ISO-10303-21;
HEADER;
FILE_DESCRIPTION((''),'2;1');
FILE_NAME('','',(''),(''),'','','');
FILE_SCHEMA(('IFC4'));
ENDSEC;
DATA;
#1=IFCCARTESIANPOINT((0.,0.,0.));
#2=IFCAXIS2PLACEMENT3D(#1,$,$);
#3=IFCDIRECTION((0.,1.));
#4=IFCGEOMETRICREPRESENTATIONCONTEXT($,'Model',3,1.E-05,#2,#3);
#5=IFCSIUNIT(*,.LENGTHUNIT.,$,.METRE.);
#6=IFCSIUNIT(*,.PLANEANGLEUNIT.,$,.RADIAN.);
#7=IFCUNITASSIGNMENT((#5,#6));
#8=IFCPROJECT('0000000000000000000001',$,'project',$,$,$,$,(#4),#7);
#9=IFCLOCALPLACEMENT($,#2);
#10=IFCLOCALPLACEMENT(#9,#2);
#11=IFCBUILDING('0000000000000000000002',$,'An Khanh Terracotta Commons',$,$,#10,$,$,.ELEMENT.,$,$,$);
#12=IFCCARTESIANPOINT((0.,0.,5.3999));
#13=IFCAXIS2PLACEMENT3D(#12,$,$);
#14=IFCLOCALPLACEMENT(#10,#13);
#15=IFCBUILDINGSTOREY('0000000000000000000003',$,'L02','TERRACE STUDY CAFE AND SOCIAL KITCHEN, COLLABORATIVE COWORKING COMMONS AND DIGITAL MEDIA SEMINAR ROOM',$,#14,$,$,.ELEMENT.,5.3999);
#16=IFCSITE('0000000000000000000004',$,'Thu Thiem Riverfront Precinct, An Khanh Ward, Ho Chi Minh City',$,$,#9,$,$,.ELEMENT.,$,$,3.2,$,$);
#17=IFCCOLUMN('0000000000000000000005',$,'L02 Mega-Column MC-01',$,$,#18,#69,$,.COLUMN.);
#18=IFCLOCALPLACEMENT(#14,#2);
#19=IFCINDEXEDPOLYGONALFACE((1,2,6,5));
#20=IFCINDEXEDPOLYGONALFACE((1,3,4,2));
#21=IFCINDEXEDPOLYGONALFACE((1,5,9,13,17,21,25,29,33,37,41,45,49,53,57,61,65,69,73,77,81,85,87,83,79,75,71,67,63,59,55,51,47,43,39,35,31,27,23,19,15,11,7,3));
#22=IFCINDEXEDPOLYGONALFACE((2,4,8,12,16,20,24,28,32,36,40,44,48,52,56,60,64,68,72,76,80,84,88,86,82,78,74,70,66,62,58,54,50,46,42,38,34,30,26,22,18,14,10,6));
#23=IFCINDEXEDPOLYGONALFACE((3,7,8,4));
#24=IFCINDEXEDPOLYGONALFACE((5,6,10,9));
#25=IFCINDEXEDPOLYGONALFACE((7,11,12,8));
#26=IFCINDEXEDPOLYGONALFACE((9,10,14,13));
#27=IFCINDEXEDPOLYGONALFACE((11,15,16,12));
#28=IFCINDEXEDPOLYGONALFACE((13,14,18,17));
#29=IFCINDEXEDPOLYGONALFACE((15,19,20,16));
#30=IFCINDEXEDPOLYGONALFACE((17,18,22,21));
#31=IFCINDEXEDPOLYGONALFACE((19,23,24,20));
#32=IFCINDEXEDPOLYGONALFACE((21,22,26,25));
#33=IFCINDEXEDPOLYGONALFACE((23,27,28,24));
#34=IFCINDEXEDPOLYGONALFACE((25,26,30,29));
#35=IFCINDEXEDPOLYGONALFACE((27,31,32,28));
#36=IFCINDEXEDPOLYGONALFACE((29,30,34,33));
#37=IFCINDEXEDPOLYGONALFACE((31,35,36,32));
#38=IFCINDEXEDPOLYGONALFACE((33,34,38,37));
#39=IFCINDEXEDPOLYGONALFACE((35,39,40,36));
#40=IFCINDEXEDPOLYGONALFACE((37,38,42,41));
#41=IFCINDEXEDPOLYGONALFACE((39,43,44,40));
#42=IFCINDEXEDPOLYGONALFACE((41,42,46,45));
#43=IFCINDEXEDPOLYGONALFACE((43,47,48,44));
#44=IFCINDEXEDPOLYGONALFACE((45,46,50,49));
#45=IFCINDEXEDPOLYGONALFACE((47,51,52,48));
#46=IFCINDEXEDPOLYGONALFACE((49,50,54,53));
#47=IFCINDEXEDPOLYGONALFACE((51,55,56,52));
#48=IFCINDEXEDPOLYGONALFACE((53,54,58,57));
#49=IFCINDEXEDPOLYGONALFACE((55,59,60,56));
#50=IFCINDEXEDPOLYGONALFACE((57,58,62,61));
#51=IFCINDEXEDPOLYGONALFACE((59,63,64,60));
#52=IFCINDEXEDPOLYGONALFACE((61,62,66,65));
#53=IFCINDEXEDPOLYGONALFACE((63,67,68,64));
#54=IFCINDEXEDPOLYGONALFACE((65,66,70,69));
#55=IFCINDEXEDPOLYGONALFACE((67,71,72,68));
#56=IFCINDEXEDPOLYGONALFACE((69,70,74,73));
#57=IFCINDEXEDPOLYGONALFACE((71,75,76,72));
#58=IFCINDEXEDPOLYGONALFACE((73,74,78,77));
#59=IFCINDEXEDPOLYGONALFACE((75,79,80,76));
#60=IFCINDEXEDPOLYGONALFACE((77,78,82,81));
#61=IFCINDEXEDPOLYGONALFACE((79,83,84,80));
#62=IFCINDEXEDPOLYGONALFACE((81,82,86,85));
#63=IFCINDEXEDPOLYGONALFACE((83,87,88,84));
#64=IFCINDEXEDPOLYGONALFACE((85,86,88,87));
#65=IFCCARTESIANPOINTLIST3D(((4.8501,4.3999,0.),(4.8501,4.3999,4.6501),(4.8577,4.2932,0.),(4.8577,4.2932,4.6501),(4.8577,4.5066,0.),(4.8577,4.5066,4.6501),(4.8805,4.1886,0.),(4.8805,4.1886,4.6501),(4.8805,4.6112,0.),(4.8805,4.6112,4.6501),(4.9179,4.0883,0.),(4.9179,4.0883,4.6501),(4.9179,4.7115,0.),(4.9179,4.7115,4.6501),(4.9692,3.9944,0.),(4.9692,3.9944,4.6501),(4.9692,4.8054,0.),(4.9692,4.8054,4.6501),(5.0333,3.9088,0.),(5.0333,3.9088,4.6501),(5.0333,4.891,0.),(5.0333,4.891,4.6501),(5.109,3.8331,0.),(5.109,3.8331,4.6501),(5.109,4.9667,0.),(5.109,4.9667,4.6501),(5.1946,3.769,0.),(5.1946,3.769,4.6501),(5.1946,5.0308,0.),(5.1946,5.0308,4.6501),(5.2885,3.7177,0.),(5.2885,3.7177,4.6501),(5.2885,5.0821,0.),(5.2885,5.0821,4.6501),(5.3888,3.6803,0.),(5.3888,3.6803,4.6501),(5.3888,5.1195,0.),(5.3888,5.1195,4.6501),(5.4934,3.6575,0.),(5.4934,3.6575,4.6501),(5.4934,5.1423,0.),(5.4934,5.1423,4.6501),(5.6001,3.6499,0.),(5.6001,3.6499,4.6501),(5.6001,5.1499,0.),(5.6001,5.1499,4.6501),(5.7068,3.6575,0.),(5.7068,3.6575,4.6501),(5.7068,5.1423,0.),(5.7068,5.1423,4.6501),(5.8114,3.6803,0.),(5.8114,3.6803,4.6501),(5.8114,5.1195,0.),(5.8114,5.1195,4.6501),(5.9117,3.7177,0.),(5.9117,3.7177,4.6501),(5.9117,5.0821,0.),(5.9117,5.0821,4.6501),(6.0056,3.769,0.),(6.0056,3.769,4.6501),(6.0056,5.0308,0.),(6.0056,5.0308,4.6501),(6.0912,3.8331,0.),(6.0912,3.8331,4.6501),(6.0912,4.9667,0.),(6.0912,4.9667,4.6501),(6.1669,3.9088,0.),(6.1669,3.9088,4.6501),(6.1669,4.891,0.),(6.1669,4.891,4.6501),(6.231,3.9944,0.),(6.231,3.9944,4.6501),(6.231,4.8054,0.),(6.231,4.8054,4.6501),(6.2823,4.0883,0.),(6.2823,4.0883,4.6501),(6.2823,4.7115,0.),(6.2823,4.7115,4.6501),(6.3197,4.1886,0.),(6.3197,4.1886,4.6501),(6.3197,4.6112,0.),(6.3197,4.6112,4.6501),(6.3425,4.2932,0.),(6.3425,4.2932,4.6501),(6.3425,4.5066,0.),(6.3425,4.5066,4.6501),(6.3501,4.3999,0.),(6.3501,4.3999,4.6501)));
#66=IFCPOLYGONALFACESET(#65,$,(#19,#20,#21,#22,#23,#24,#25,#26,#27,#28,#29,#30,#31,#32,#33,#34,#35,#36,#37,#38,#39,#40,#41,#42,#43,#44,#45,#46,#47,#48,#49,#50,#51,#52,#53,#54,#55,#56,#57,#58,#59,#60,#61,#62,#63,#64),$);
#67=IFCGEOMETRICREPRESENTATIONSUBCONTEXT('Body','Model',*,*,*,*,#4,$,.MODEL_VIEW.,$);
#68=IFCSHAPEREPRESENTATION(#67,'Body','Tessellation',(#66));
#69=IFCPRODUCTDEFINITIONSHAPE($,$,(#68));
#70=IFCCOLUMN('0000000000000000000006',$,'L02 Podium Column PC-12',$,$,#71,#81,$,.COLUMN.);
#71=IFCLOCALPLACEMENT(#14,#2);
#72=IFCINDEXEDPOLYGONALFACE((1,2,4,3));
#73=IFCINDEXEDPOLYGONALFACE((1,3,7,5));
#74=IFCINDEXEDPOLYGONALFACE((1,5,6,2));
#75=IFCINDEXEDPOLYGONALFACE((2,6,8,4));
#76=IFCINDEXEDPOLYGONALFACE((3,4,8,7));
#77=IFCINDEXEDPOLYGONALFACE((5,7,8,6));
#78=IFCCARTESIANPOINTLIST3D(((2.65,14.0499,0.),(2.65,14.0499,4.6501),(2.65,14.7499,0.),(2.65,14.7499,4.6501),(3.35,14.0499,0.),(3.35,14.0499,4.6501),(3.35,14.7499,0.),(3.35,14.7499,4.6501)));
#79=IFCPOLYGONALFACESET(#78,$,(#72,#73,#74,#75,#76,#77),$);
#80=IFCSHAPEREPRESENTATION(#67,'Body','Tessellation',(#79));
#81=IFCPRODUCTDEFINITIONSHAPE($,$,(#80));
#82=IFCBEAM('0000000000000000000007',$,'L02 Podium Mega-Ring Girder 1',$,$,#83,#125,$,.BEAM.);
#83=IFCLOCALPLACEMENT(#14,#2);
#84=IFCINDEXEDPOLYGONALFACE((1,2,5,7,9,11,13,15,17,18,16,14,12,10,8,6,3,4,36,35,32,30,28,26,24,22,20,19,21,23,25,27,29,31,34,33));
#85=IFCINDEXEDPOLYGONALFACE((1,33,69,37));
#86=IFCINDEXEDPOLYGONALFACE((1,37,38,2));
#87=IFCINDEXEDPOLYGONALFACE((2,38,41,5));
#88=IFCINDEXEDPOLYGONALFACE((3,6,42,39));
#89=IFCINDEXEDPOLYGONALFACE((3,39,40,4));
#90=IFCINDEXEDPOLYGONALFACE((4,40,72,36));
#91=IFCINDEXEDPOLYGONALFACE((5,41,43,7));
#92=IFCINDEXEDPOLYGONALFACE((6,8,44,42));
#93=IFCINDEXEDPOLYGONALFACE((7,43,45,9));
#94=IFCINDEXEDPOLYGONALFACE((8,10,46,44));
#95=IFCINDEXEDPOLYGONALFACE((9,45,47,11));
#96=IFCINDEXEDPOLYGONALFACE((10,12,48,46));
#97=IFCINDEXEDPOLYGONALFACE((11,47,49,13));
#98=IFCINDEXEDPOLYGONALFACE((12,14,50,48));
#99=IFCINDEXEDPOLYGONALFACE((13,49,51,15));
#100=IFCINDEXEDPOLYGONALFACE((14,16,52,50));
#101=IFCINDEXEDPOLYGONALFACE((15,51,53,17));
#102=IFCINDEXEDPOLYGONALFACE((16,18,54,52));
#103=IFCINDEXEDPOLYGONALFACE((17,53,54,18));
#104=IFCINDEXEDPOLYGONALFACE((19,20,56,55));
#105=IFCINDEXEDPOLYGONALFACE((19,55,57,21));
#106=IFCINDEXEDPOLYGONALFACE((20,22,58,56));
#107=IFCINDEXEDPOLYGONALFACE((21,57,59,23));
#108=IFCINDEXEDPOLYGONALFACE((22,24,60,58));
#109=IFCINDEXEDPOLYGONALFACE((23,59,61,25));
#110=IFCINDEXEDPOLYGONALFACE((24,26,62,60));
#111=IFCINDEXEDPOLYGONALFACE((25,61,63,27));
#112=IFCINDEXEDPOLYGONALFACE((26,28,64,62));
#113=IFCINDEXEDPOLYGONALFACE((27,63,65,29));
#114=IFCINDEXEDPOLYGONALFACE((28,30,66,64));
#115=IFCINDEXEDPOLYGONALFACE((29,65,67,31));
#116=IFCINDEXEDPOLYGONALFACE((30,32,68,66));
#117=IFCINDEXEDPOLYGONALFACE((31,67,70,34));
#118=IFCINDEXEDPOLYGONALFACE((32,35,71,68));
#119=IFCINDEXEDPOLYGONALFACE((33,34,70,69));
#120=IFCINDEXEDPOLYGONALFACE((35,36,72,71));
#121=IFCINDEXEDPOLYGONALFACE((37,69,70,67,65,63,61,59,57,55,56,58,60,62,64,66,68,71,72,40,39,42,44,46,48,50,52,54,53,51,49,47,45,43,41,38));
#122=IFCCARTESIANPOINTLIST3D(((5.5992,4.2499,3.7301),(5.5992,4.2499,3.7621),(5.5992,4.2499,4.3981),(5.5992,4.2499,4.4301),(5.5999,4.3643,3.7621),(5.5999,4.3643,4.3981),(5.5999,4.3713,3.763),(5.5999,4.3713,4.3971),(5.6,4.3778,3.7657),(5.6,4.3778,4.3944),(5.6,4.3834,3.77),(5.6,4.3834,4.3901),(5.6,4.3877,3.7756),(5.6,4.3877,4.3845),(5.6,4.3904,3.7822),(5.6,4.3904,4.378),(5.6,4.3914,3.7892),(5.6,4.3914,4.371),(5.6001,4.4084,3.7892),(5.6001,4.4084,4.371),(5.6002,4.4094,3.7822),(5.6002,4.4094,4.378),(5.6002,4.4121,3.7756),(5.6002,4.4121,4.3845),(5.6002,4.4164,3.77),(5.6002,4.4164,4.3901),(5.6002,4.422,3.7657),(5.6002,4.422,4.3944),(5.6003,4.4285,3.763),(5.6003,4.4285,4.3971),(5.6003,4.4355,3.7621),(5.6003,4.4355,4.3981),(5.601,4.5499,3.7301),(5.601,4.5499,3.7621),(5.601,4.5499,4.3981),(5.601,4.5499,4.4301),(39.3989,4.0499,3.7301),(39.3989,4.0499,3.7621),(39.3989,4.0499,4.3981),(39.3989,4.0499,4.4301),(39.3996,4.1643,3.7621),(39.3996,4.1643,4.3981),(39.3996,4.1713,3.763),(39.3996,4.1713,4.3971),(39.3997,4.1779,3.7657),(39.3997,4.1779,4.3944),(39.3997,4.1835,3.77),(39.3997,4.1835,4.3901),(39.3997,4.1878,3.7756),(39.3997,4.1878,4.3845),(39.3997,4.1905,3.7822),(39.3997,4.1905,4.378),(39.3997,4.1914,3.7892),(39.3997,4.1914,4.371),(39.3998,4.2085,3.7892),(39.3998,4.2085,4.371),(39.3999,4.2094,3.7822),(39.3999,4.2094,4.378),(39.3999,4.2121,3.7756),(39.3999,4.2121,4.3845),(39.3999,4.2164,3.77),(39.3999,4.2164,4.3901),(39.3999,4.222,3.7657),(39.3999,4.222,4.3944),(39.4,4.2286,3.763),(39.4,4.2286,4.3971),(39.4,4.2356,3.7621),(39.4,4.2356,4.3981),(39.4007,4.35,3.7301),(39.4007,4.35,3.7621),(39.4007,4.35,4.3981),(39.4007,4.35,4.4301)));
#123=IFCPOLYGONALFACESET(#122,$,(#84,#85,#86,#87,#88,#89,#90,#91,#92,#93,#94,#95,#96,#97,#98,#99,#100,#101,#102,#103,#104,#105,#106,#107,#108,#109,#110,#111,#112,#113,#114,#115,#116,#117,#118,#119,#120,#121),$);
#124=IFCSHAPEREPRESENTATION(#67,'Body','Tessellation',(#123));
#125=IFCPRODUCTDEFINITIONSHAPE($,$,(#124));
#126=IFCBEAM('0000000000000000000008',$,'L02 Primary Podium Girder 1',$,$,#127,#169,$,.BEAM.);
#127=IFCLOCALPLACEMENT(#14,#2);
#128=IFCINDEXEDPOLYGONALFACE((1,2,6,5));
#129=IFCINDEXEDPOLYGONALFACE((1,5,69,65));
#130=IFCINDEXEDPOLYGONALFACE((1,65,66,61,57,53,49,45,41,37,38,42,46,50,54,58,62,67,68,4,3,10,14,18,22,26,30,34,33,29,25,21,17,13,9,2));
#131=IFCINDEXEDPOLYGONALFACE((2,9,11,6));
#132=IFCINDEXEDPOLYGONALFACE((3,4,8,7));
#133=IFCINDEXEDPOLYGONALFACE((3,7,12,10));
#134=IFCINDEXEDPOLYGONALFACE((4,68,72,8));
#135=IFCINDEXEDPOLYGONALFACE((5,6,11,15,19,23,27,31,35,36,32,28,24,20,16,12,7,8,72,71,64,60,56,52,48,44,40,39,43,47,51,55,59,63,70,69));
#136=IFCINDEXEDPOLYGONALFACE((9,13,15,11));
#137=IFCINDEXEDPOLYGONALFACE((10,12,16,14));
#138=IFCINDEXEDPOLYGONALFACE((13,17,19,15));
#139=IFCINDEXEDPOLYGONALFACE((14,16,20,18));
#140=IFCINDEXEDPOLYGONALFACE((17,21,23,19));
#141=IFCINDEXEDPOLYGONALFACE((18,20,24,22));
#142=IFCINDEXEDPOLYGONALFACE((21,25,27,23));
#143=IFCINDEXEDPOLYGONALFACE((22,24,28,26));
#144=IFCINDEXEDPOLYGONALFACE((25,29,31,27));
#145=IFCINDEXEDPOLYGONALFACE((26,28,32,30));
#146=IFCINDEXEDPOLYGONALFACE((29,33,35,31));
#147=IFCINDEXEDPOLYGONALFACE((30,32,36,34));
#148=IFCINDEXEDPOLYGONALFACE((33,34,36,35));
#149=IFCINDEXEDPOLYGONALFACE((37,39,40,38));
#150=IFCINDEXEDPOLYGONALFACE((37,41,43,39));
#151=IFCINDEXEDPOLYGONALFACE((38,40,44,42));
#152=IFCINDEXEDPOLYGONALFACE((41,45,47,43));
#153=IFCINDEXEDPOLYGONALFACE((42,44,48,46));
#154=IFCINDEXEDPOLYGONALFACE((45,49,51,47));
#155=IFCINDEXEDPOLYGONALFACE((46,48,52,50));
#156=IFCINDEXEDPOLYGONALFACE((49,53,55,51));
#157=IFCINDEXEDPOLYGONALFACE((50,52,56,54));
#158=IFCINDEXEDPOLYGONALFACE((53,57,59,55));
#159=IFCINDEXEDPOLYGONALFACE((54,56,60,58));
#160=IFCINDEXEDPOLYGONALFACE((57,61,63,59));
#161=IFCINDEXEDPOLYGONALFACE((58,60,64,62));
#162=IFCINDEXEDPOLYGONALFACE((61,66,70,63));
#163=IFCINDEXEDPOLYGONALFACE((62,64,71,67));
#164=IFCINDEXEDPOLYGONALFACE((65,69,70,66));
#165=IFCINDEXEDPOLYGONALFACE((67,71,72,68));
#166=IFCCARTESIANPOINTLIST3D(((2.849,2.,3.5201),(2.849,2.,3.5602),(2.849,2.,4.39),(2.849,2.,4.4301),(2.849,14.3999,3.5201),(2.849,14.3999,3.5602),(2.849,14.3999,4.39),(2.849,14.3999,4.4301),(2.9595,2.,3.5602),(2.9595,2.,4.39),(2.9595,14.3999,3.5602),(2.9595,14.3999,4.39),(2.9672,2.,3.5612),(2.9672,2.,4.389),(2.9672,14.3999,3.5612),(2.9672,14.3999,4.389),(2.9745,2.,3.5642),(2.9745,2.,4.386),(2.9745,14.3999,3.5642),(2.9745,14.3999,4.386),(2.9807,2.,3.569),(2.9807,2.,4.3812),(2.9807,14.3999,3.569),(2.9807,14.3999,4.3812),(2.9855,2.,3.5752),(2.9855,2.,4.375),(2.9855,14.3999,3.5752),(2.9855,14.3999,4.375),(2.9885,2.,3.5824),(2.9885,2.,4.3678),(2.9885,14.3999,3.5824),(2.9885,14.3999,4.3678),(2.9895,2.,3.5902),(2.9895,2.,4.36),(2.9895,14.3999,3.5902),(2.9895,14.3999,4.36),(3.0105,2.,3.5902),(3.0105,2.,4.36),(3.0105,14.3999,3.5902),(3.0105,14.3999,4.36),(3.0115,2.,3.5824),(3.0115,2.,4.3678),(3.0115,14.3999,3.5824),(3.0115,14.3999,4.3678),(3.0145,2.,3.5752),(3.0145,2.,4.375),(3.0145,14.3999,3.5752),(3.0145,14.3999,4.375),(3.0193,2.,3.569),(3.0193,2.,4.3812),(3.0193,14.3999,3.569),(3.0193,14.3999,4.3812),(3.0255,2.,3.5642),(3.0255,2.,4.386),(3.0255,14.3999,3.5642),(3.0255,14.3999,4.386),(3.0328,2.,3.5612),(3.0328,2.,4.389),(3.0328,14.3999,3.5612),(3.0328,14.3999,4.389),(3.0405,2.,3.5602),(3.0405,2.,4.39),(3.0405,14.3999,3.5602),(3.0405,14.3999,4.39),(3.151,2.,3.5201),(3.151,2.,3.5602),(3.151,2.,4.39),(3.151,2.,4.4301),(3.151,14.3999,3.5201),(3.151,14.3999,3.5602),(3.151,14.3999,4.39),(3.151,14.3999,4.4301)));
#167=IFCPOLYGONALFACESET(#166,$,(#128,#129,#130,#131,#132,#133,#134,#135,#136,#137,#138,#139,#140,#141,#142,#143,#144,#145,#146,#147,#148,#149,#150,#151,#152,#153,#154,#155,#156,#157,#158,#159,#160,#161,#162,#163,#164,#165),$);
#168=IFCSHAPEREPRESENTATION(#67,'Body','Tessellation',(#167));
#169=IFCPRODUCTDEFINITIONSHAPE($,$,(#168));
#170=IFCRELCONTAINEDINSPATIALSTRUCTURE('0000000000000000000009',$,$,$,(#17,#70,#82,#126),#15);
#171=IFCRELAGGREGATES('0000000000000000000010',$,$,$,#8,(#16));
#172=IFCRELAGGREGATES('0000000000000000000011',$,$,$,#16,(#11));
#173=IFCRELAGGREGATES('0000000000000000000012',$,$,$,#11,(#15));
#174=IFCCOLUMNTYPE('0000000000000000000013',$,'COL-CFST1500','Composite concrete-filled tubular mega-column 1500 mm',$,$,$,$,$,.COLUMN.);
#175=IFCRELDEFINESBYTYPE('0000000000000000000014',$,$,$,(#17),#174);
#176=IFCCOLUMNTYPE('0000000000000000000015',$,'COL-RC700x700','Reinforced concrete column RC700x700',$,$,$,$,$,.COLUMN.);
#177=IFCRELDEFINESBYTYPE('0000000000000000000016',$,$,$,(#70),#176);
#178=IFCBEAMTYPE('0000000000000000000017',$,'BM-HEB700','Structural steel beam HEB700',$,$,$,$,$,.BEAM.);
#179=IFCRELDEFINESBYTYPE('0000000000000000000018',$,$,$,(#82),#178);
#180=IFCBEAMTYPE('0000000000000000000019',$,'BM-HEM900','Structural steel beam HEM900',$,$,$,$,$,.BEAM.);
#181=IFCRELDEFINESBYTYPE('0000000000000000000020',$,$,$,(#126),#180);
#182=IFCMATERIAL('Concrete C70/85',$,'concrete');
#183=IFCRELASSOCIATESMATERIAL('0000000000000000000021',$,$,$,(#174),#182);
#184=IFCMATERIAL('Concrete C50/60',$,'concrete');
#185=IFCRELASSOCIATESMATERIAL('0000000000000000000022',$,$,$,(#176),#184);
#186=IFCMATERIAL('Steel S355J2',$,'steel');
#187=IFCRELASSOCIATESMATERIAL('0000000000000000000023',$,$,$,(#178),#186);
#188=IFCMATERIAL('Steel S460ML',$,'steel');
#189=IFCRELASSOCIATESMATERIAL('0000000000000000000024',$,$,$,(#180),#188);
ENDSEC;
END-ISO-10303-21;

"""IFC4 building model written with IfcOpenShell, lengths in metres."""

from ifc_helpers import new_model, si_unit, direction, frame, origin, origin_2d, place, context, subcontext, project, spatial, rectangle, circle, i_section, extrude, material, material_profile, profile_set, type_object, element, save


model = new_model("IFC4")

# Units and contexts
model_context = context("Model", 3, precision=1e-05, world=origin(), true_north=direction((0.0, 1.0)))
body_context = subcontext(model_context, "Body", "Model", "MODEL_VIEW")
ifc_project = project(units=[si_unit("LENGTHUNIT", "METRE"), si_unit("PLANEANGLEUNIT", "RADIAN")], contexts=[model_context])

# Site, building, storey
site_placement = place(None, origin())
site = spatial("IfcSite", under=ifc_project, at=site_placement, Name="Thu Thiem Riverfront Precinct, An Khanh Ward, Ho Chi Minh City", CompositionType="ELEMENT", RefElevation=3.2)
building_placement = place(site_placement, origin())
building = spatial("IfcBuilding", under=site, at=building_placement, Name="An Khanh Terracotta Commons", CompositionType="ELEMENT")
storey_placement = place(building_placement, frame((0.0, 0.0, 5.3999)))
storey = spatial("IfcBuildingStorey", under=building, at=storey_placement, Name="L02", Description="TERRACE STUDY CAFE AND SOCIAL KITCHEN, COLLABORATIVE COWORKING COMMONS AND DIGITAL MEDIA SEMINAR ROOM", CompositionType="ELEMENT", Elevation=5.3999)

# Columns
ifc_material_1 = material(Name="Concrete C70/85", Category="concrete")
ifc_material_profile_1 = material_profile(ifc_material_1, circle(Radius=0.75, at=origin_2d()), Name="CFST1500")
ifc_profile_set_1 = profile_set([ifc_material_profile_1], Name="Concrete C70/85")
column_type_1 = type_object("IfcColumnType", Name="COL-CFST1500", Description="Composite concrete-filled tubular mega-column 1500 mm", PredefinedType="COLUMN", material=ifc_profile_set_1)
column_1_placement = place(storey_placement, frame((5.6001, 4.3999, 0.0), z_axis=(0.0, 0.0, 1.0), x_axis=(1.0, 0.0, 0.0)))
element("IfcColumn", 1, at=column_1_placement, inside=storey, type_object=column_type_1, Name="L02 Mega-Column MC-01", PredefinedType="COLUMN", context=body_context, shape_type="SweptSolid", body=[
    extrude(circle(Radius=0.75, at=origin_2d()), origin(), (0.0, 0.0, 1.0), 4.6501),
])
ifc_material_2 = material(Name="Concrete C50/60", Category="concrete")
ifc_material_profile_2 = material_profile(ifc_material_2, rectangle(XDim=0.7, YDim=0.7, at=origin_2d()), Name="RC700x700")
ifc_profile_set_2 = profile_set([ifc_material_profile_2], Name="Concrete C50/60")
column_type_2 = type_object("IfcColumnType", Name="COL-RC700x700", Description="Reinforced concrete column RC700x700", PredefinedType="COLUMN", material=ifc_profile_set_2)
column_2_placement = place(storey_placement, frame((3.0, 14.3999, 0.0), z_axis=(0.0, 0.0, 1.0), x_axis=(1.0, 0.0, 0.0)))
element("IfcColumn", 2, at=column_2_placement, inside=storey, type_object=column_type_2, Name="L02 Podium Column PC-12", PredefinedType="COLUMN", context=body_context, shape_type="SweptSolid", body=[
    extrude(rectangle(XDim=0.7, YDim=0.7, at=origin_2d()), origin(), (0.0, 0.0, 1.0), 4.6501),
])

# Beams
ifc_material_3 = material(Name="Steel S355J2", Category="steel")
ifc_material_profile_3 = material_profile(ifc_material_3, i_section(OverallWidth=0.3, OverallDepth=0.7, WebThickness=0.0171, FlangeThickness=0.032, FilletRadius=0.0271, at=origin_2d()), Name="HEB700")
ifc_profile_set_3 = profile_set([ifc_material_profile_3], Name="Steel S355J2")
beam_type_1 = type_object("IfcBeamType", Name="BM-HEB700", Description="Structural steel beam HEB700", PredefinedType="BEAM", material=ifc_profile_set_3)
beam_1_placement = place(storey_placement, frame((5.6001, 4.3999, 4.0801), z_axis=(0.999983, -0.005916, 0.0), x_axis=(0.005916, 0.999983, 0.0)))
element("IfcBeam", 3, at=beam_1_placement, inside=storey, type_object=beam_type_1, Name="L02 Podium Mega-Ring Girder 1", PredefinedType="BEAM", context=body_context, shape_type="SweptSolid", body=[
    extrude(i_section(OverallWidth=0.3, OverallDepth=0.7, WebThickness=0.0171, FlangeThickness=0.032, FilletRadius=0.0271, at=origin_2d()), origin(), (0.0, 0.0, 1.0), 33.8003),
])
ifc_material_4 = material(Name="Steel S460ML", Category="steel")
ifc_material_profile_4 = material_profile(ifc_material_4, i_section(OverallWidth=0.302, OverallDepth=0.9099, WebThickness=0.021, FlangeThickness=0.04, FilletRadius=0.03, at=origin_2d()), Name="HEM900")
ifc_profile_set_4 = profile_set([ifc_material_profile_4], Name="Steel S460ML")
beam_type_2 = type_object("IfcBeamType", Name="BM-HEM900", Description="Structural steel beam HEM900", PredefinedType="BEAM", material=ifc_profile_set_4)
beam_2_placement = place(storey_placement, frame((3.0, 2.0, 3.9751), z_axis=(0.0, 1.0, 0.0), x_axis=(-1.0, 0.0, 0.0)))
element("IfcBeam", 4, at=beam_2_placement, inside=storey, type_object=beam_type_2, Name="L02 Primary Podium Girder 1", PredefinedType="BEAM", context=body_context, shape_type="SweptSolid", body=[
    extrude(i_section(OverallWidth=0.302, OverallDepth=0.9099, WebThickness=0.021, FlangeThickness=0.04, FilletRadius=0.03, at=origin_2d()), origin(), (0.0, 0.0, 1.0), 12.3999),
])

save(model, "model.ifc")
